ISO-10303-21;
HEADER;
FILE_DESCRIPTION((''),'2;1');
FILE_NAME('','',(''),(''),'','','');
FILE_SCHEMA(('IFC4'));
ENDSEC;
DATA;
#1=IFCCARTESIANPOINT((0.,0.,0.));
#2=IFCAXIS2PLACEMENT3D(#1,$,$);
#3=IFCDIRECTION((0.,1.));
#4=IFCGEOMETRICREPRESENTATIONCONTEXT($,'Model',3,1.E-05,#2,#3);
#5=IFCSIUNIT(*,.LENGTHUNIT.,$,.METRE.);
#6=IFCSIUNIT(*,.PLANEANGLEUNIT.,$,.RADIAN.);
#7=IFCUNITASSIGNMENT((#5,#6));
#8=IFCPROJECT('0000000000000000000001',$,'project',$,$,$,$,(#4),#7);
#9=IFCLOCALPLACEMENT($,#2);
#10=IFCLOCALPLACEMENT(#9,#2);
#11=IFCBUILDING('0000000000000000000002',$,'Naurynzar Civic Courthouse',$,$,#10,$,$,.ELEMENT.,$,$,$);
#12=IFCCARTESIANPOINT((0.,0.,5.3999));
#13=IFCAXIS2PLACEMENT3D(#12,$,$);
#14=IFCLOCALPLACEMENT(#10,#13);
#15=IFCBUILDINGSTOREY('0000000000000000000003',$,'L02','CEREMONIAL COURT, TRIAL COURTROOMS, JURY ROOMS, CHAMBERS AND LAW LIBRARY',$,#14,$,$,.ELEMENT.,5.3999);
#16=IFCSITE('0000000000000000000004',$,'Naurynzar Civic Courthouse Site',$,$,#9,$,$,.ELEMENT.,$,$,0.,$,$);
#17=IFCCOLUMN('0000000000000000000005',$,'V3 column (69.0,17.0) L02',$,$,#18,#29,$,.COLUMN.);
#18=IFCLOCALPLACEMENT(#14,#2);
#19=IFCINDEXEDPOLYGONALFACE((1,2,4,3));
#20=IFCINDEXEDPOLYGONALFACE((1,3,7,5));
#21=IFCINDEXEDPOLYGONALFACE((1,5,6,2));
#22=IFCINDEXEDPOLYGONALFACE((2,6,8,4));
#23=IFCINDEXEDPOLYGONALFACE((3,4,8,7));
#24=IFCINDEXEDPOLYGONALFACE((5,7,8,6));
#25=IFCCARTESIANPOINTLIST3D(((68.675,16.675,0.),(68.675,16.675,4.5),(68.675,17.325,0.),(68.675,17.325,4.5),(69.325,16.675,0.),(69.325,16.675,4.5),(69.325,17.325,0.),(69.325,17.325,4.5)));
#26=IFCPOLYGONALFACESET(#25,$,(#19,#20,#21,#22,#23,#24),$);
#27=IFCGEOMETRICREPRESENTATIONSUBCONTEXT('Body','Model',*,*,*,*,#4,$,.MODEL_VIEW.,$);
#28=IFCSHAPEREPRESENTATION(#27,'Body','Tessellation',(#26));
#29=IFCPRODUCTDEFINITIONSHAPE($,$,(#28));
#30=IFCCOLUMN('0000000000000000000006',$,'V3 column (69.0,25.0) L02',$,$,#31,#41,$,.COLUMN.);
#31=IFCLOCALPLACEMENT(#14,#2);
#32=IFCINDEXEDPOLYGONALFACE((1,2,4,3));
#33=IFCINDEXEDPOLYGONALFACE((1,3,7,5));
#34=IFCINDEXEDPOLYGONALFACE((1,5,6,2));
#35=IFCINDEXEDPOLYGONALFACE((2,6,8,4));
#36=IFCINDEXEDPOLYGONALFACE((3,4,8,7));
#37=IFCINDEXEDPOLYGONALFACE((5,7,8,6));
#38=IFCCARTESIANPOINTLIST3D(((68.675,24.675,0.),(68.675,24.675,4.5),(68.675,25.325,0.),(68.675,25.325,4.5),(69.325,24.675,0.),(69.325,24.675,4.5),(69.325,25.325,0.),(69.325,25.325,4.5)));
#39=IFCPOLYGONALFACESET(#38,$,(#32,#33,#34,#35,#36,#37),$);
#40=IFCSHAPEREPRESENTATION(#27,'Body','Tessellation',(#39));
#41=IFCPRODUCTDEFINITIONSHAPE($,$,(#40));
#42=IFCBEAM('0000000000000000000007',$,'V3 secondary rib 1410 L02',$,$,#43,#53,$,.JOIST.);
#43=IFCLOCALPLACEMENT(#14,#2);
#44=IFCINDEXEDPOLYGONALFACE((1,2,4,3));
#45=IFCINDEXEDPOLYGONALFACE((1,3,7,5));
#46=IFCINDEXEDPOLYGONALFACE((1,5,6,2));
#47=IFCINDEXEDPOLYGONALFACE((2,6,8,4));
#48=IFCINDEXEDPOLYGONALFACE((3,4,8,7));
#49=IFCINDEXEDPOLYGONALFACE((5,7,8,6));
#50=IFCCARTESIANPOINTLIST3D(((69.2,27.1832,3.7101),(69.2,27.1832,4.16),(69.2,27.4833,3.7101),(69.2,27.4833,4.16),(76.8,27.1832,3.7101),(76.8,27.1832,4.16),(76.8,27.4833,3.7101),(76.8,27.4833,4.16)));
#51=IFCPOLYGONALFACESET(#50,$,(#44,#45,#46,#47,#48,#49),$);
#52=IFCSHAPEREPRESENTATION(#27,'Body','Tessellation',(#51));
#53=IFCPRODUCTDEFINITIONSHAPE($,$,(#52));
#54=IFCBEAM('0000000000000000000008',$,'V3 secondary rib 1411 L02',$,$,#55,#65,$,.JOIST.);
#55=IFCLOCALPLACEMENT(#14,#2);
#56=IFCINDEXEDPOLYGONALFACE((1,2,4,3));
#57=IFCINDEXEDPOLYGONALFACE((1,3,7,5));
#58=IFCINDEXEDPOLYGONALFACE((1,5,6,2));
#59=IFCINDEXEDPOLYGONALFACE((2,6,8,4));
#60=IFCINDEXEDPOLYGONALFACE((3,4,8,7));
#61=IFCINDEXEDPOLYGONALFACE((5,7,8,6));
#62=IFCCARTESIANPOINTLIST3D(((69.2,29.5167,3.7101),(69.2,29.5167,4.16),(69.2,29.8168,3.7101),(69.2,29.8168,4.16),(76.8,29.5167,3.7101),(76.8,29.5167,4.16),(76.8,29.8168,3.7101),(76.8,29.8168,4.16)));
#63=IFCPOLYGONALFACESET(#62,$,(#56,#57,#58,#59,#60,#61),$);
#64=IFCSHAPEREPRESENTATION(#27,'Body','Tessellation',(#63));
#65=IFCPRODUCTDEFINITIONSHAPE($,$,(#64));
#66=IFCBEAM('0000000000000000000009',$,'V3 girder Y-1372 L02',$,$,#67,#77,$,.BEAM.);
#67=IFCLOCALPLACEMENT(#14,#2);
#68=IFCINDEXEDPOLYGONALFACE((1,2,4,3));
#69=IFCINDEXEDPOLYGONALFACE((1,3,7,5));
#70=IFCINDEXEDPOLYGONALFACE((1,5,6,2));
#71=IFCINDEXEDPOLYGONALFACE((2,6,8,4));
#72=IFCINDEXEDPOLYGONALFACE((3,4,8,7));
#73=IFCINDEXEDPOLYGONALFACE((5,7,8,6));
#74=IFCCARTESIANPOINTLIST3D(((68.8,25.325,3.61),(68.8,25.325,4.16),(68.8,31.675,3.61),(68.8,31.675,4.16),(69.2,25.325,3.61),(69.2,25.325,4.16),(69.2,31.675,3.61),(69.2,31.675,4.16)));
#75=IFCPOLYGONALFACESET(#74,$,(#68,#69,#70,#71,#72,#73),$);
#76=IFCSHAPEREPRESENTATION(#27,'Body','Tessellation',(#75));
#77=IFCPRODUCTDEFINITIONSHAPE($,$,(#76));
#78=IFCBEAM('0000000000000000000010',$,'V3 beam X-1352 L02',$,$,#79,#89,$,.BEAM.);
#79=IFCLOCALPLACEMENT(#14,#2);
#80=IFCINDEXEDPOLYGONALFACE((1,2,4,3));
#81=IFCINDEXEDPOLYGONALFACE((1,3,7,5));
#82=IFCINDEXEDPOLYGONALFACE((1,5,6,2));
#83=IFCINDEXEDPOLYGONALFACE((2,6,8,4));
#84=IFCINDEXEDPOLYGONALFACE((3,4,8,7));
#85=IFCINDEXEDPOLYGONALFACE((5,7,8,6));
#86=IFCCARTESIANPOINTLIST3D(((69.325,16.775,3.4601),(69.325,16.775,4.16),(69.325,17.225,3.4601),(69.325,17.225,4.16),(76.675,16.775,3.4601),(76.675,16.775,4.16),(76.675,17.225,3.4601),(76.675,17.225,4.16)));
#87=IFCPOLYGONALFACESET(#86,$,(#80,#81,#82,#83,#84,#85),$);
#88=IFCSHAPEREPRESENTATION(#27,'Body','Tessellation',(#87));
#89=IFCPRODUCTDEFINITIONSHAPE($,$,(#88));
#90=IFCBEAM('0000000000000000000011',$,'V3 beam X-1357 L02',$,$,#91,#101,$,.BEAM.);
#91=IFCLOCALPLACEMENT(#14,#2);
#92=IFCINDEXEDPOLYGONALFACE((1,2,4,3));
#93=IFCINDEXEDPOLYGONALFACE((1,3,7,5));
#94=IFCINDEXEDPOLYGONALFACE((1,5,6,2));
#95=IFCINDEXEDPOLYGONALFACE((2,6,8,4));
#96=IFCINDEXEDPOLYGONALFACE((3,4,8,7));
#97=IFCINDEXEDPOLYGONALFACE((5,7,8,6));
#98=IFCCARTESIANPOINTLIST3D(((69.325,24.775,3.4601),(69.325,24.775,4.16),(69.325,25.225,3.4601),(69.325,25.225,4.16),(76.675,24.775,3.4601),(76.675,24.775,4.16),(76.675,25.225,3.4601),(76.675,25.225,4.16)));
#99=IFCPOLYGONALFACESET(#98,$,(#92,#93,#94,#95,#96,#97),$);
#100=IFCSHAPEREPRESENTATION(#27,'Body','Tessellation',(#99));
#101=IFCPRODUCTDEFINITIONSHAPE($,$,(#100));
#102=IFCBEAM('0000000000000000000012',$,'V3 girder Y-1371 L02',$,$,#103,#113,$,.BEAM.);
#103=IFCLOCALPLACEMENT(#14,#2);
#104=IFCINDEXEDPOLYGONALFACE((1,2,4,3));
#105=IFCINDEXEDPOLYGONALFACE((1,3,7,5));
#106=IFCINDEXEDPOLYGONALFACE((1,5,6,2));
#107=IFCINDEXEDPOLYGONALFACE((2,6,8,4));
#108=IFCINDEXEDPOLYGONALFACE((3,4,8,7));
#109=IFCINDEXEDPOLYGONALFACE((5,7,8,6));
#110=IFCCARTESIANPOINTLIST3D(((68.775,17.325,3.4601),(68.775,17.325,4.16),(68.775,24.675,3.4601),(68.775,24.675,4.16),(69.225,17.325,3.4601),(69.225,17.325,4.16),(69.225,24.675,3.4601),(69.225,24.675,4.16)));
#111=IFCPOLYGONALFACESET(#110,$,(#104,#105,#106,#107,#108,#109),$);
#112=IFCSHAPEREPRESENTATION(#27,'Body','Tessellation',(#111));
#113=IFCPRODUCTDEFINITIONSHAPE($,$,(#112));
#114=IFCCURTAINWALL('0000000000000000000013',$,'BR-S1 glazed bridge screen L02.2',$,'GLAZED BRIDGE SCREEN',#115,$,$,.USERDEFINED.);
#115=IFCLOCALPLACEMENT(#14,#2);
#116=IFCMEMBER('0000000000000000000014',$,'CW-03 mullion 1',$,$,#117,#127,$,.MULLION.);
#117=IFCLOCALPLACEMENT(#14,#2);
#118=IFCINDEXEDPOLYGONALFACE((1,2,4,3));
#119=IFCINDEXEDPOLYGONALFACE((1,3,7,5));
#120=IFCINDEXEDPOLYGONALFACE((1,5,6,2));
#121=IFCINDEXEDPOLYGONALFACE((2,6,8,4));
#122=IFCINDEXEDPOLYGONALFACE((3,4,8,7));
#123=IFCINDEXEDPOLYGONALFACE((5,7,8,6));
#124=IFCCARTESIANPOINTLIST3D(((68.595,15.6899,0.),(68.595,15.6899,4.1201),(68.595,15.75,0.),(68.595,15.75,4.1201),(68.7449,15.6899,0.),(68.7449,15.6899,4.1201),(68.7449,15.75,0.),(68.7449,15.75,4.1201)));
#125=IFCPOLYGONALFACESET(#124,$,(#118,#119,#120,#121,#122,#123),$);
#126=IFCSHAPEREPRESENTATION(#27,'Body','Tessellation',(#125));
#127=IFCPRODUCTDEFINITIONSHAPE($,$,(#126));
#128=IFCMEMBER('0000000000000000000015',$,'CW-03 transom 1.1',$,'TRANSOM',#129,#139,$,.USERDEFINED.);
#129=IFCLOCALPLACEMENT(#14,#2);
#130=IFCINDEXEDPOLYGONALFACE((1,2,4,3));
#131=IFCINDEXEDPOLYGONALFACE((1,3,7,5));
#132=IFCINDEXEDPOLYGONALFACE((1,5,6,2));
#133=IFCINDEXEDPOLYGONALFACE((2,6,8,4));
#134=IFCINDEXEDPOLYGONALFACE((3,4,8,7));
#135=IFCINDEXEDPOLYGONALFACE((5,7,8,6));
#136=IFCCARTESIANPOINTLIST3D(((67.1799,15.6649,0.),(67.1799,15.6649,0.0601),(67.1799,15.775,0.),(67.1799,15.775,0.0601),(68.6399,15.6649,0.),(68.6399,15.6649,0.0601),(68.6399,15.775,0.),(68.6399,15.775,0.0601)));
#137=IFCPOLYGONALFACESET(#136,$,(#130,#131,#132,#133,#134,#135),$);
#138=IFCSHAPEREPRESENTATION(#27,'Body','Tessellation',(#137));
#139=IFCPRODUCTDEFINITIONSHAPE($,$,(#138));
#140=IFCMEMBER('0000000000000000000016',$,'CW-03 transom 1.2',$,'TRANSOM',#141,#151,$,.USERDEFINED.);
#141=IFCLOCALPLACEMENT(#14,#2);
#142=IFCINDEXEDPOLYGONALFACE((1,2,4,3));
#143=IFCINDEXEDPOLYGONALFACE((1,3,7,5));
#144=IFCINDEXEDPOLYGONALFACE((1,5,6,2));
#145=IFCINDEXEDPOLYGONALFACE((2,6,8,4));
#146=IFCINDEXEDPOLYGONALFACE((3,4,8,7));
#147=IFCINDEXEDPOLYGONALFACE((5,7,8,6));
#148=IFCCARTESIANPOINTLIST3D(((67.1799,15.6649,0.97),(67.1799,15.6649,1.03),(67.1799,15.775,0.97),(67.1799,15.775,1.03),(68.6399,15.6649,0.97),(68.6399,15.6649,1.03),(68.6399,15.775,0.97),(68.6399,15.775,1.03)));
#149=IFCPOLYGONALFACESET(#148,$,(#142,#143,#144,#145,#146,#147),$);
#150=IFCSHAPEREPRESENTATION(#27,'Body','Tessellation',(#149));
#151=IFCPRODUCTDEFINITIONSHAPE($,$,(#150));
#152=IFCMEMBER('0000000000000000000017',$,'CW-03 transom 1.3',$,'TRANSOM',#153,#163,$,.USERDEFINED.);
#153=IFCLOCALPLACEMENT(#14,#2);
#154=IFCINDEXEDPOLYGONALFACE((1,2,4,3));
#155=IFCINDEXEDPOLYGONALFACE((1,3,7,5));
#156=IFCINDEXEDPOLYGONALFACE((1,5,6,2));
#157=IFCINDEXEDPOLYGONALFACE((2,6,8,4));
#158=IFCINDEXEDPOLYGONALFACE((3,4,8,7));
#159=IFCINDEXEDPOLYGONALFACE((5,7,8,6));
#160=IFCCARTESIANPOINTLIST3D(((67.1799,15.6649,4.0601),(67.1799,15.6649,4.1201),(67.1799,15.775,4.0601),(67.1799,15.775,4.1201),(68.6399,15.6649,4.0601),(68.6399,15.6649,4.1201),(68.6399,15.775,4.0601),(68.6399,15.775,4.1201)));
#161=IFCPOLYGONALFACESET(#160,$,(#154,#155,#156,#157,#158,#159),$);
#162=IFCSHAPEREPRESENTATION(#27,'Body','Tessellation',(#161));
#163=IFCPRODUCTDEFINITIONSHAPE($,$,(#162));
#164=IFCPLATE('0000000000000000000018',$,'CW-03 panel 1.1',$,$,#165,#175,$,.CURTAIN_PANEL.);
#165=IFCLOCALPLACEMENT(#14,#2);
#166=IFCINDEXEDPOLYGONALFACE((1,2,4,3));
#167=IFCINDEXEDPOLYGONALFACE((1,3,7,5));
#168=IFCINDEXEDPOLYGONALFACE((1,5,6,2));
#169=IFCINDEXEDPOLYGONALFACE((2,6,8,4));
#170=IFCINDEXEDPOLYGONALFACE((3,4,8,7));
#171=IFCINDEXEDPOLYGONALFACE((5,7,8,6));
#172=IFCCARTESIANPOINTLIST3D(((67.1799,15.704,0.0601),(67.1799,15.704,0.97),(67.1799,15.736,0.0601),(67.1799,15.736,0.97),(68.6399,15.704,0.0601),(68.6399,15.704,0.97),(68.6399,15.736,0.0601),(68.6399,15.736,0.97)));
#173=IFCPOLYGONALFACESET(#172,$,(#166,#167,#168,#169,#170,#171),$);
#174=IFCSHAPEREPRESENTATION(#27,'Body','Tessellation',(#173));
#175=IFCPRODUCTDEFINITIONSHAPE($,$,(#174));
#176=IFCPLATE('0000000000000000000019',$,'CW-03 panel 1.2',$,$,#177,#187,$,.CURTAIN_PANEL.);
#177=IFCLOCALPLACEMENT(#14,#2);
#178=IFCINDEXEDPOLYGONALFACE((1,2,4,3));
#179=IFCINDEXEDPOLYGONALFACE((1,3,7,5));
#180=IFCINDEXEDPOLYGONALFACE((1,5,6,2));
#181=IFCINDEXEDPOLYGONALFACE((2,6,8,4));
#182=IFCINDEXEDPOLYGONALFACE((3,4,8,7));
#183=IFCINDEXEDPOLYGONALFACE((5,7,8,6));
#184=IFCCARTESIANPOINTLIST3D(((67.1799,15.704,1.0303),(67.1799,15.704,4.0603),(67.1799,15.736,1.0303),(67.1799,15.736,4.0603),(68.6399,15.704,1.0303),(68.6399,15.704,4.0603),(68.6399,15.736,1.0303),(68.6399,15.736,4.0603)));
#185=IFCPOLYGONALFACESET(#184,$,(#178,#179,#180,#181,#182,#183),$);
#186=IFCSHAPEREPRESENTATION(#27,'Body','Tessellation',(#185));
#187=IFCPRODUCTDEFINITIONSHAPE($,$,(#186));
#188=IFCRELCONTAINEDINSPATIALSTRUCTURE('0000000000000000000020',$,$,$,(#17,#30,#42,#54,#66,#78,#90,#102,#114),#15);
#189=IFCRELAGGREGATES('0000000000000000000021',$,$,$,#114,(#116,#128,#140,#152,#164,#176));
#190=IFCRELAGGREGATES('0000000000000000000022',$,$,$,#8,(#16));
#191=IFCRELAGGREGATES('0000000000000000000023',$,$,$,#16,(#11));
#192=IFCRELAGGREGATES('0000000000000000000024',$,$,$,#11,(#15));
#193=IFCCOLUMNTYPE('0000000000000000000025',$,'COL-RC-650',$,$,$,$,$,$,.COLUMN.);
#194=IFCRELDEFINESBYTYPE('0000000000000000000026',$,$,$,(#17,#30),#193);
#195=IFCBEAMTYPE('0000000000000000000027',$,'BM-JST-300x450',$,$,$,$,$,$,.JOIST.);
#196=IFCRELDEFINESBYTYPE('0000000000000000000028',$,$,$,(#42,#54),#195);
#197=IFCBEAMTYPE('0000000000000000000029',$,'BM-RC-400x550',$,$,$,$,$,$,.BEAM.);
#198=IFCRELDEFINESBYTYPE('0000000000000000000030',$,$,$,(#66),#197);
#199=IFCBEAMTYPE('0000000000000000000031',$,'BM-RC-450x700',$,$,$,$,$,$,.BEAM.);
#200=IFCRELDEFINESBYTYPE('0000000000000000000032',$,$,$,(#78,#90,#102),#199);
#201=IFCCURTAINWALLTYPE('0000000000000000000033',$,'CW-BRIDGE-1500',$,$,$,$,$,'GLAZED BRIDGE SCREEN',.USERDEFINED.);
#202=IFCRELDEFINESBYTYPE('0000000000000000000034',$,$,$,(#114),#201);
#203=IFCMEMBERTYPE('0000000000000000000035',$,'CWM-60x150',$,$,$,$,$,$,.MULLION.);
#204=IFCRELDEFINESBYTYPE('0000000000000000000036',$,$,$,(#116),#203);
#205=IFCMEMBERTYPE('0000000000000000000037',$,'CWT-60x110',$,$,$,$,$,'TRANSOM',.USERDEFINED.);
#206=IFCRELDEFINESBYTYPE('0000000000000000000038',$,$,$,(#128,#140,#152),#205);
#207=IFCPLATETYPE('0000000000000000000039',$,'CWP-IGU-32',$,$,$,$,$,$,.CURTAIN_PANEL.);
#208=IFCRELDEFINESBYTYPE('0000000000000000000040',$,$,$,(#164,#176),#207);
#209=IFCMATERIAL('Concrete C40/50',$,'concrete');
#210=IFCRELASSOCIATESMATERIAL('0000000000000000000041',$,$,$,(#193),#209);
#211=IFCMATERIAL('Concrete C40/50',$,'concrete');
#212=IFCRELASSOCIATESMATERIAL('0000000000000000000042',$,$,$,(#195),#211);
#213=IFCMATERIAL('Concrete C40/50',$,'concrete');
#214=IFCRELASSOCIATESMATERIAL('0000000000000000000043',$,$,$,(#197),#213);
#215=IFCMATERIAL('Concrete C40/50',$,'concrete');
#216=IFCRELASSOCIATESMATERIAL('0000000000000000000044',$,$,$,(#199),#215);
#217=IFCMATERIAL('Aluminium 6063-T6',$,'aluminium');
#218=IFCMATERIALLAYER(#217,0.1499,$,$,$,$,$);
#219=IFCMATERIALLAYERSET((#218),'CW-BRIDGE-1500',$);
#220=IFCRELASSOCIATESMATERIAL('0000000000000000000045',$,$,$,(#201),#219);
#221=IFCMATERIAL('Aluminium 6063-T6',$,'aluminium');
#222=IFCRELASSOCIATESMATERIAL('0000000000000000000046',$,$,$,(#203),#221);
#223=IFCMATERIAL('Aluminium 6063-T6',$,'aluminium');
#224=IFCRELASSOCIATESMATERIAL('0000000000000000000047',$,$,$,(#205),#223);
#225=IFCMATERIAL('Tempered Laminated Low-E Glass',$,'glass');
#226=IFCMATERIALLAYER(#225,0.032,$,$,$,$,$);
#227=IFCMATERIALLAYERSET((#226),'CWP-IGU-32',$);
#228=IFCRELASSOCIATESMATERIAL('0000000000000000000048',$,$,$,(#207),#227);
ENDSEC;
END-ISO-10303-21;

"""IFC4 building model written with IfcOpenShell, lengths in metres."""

from ifc_helpers import new_model, si_unit, direction, frame, origin, origin_2d, place, context, subcontext, project, spatial, rectangle, extrude, material, layer, layer_set, material_profile, profile_set, type_object, element, aggregate, save


model = new_model("IFC4")

# Units and contexts
model_context = context("Model", 3, precision=1e-05, world=origin(), true_north=direction((0.0, 1.0)))
body_context = subcontext(model_context, "Body", "Model", "MODEL_VIEW")
ifc_project = project(units=[si_unit("LENGTHUNIT", "METRE"), si_unit("PLANEANGLEUNIT", "RADIAN")], contexts=[model_context])

# Site, building, storey
site_placement = place(None, origin())
site = spatial("IfcSite", under=ifc_project, at=site_placement, Name="Naurynzar Civic Courthouse Site", CompositionType="ELEMENT", RefElevation=0.0)
building_placement = place(site_placement, origin())
building = spatial("IfcBuilding", under=site, at=building_placement, Name="Naurynzar Civic Courthouse", CompositionType="ELEMENT")
storey_placement = place(building_placement, frame((0.0, 0.0, 5.3999)))
storey = spatial("IfcBuildingStorey", under=building, at=storey_placement, Name="L02", Description="CEREMONIAL COURT, TRIAL COURTROOMS, JURY ROOMS, CHAMBERS AND LAW LIBRARY", CompositionType="ELEMENT", Elevation=5.3999)

# Columns
ifc_material_1 = material(Name="Concrete C40/50", Category="concrete")
ifc_material_profile_1 = material_profile(ifc_material_1, rectangle(XDim=0.6499, YDim=0.6499, at=origin_2d()), Name="RC 650x650")
ifc_profile_set_1 = profile_set([ifc_material_profile_1], Name="Concrete C40/50")
column_type = type_object("IfcColumnType", Name="COL-RC-650", PredefinedType="COLUMN", material=ifc_profile_set_1)
for number, where, z_axis, x_axis, name in (
    (1, (69.0, 17.0, 0.0), (0.0, 0.0, 1.0), (1.0, 0.0, 0.0), "V3 column (69.0,17.0) L02"),
    (2, (69.0, 25.0, 0.0), (0.0, 0.0, 1.0), (1.0, 0.0, 0.0), "V3 column (69.0,25.0) L02"),
):
    element("IfcColumn", number, at=place(storey_placement, frame(where, z_axis=z_axis, x_axis=x_axis)), inside=storey, type_object=column_type, Name=name, PredefinedType="COLUMN", context=body_context, shape_type="SweptSolid", body=[
        extrude(rectangle(XDim=0.6499, YDim=0.6499, at=origin_2d()), origin(), (0.0, 0.0, 1.0), 4.5),
    ])

# Beams
ifc_material_2 = material(Name="Concrete C40/50", Category="concrete")
ifc_material_profile_2 = material_profile(ifc_material_2, rectangle(XDim=0.3, YDim=0.45, at=origin_2d()), Name="RCJ 300x450")
ifc_profile_set_2 = profile_set([ifc_material_profile_2], Name="Concrete C40/50")
beam_type_1 = type_object("IfcBeamType", Name="BM-JST-300x450", PredefinedType="JOIST", material=ifc_profile_set_2)
for number, where, z_axis, x_axis, name in (
    (3, (69.2, 27.3333, 3.9351), (1.0, 0.0, 0.0), (0.0, 1.0, 0.0), "V3 secondary rib 1410 L02"),
    (4, (69.2, 29.6667, 3.9351), (1.0, 0.0, 0.0), (0.0, 1.0, 0.0), "V3 secondary rib 1411 L02"),
):
    element("IfcBeam", number, at=place(storey_placement, frame(where, z_axis=z_axis, x_axis=x_axis)), inside=storey, type_object=beam_type_1, Name=name, PredefinedType="JOIST", context=body_context, shape_type="SweptSolid", body=[
        extrude(rectangle(XDim=0.3, YDim=0.45, at=origin_2d()), origin(), (0.0, 0.0, 1.0), 7.6001),
    ])
ifc_material_3 = material(Name="Concrete C40/50", Category="concrete")
ifc_material_profile_3 = material_profile(ifc_material_3, rectangle(XDim=0.3999, YDim=0.55, at=origin_2d()), Name="RCB 400x550")
ifc_profile_set_3 = profile_set([ifc_material_profile_3], Name="Concrete C40/50")
beam_type_2 = type_object("IfcBeamType", Name="BM-RC-400x550", PredefinedType="BEAM", material=ifc_profile_set_3)
beam_placement = place(storey_placement, frame((69.0, 25.325, 3.885), z_axis=(0.0, 1.0, 0.0), x_axis=(-1.0, 0.0, 0.0)))
element("IfcBeam", 5, at=beam_placement, inside=storey, type_object=beam_type_2, Name="V3 girder Y-1372 L02", PredefinedType="BEAM", context=body_context, shape_type="SweptSolid", body=[
    extrude(rectangle(XDim=0.3999, YDim=0.55, at=origin_2d()), origin(), (0.0, 0.0, 1.0), 6.3501),
])
ifc_material_4 = material(Name="Concrete C40/50", Category="concrete")
ifc_material_profile_4 = material_profile(ifc_material_4, rectangle(XDim=0.45, YDim=0.7, at=origin_2d()), Name="RCB 450x700")
ifc_profile_set_4 = profile_set([ifc_material_profile_4], Name="Concrete C40/50")
beam_type_3 = type_object("IfcBeamType", Name="BM-RC-450x700", PredefinedType="BEAM", material=ifc_profile_set_4)
for number, where, z_axis, x_axis, name in (
    (6, (69.325, 17.0, 3.8101), (1.0, 0.0, 0.0), (0.0, 1.0, 0.0), "V3 beam X-1352 L02"),
    (7, (69.325, 25.0, 3.8101), (1.0, 0.0, 0.0), (0.0, 1.0, 0.0), "V3 beam X-1357 L02"),
    (8, (69.0, 17.325, 3.8101), (0.0, 1.0, 0.0), (-1.0, 0.0, 0.0), "V3 girder Y-1371 L02"),
):
    element("IfcBeam", number, at=place(storey_placement, frame(where, z_axis=z_axis, x_axis=x_axis)), inside=storey, type_object=beam_type_3, Name=name, PredefinedType="BEAM", context=body_context, shape_type="SweptSolid", body=[
        extrude(rectangle(XDim=0.45, YDim=0.7, at=origin_2d()), origin(), (0.0, 0.0, 1.0), 7.3501),
    ])

# Curtain wall, members, plates
ifc_material_5 = material(Name="Aluminium 6063-T6", Category="aluminium")
ifc_layer_1 = layer(ifc_material_5, 0.1499)
ifc_layer_set_1 = layer_set([ifc_layer_1], Name="CW-BRIDGE-1500")
curtain_wall_type = type_object("IfcCurtainWallType", Name="CW-BRIDGE-1500", ElementType="GLAZED BRIDGE SCREEN", PredefinedType="USERDEFINED", material=ifc_layer_set_1)
curtain_wall_placement = place(storey_placement, origin())
curtain_wall = element("IfcCurtainWall", 9, at=curtain_wall_placement, inside=storey, type_object=curtain_wall_type, Name="BR-S1 glazed bridge screen L02.2", ObjectType="GLAZED BRIDGE SCREEN", PredefinedType="USERDEFINED")
ifc_material_6 = material(Name="Aluminium 6063-T6", Category="aluminium")
ifc_material_profile_5 = material_profile(ifc_material_6, rectangle(XDim=0.0601, YDim=0.1499, at=origin_2d()), Name="ALU MULLION 60x150")
ifc_profile_set_5 = profile_set([ifc_material_profile_5], Name="Aluminium 6063-T6")
member_type_1 = type_object("IfcMemberType", Name="CWM-60x150", PredefinedType="MULLION", material=ifc_profile_set_5)
member_1_placement = place(storey_placement, frame((68.6699, 15.72, 0.0), z_axis=(0.0, 0.0, 1.0), x_axis=(0.0, -1.0, 0.0)))
member_1 = element("IfcMember", 10, at=member_1_placement, type_object=member_type_1, Name="CW-03 mullion 1", PredefinedType="MULLION", context=body_context, shape_type="SweptSolid", body=[
    extrude(rectangle(XDim=0.0601, YDim=0.1499, at=origin_2d()), origin(), (0.0, 0.0, 1.0), 4.1201),
])
ifc_material_7 = material(Name="Aluminium 6063-T6", Category="aluminium")
ifc_material_profile_6 = material_profile(ifc_material_7, rectangle(XDim=0.1101, YDim=0.0601, at=origin_2d()), Name="ALU TRANSOM 60x110")
ifc_profile_set_6 = profile_set([ifc_material_profile_6], Name="Aluminium 6063-T6")
member_type_2 = type_object("IfcMemberType", Name="CWT-60x110", ElementType="TRANSOM", PredefinedType="USERDEFINED", material=ifc_profile_set_6)
member_2_placement = place(storey_placement, frame((68.6399, 15.72, 0.03), z_axis=(-1.0, 0.0, 0.0), x_axis=(0.0, -1.0, 0.0)))
member_2 = element("IfcMember", 11, at=member_2_placement, type_object=member_type_2, Name="CW-03 transom 1.1", ObjectType="TRANSOM", PredefinedType="USERDEFINED", context=body_context, shape_type="SweptSolid", body=[
    extrude(rectangle(XDim=0.1101, YDim=0.0601, at=origin_2d()), origin(), (0.0, 0.0, 1.0), 1.46),
])
member_3_placement = place(storey_placement, frame((68.6399, 15.72, 1.0), z_axis=(-1.0, 0.0, 0.0), x_axis=(0.0, -1.0, 0.0)))
member_3 = element("IfcMember", 12, at=member_3_placement, type_object=member_type_2, Name="CW-03 transom 1.2", ObjectType="TRANSOM", PredefinedType="USERDEFINED", context=body_context, shape_type="SweptSolid", body=[
    extrude(rectangle(XDim=0.1101, YDim=0.0601, at=origin_2d()), origin(), (0.0, 0.0, 1.0), 1.46),
])
member_4_placement = place(storey_placement, frame((68.6399, 15.72, 4.0901), z_axis=(-1.0, 0.0, 0.0), x_axis=(0.0, -1.0, 0.0)))
member_4 = element("IfcMember", 13, at=member_4_placement, type_object=member_type_2, Name="CW-03 transom 1.3", ObjectType="TRANSOM", PredefinedType="USERDEFINED", context=body_context, shape_type="SweptSolid", body=[
    extrude(rectangle(XDim=0.1101, YDim=0.0601, at=origin_2d()), origin(), (0.0, 0.0, 1.0), 1.46),
])
ifc_material_8 = material(Name="Tempered Laminated Low-E Glass", Category="glass")
ifc_layer_2 = layer(ifc_material_8, 0.032)
ifc_layer_set_2 = layer_set([ifc_layer_2], Name="CWP-IGU-32")
plate_type = type_object("IfcPlateType", Name="CWP-IGU-32", PredefinedType="CURTAIN_PANEL", material=ifc_layer_set_2)
plate_1_placement = place(storey_placement, frame((67.9099, 15.72, 0.0601), z_axis=(0.0, 0.0, 1.0), x_axis=(-1.0, 0.0, 0.0)))
plate_1 = element("IfcPlate", 14, at=plate_1_placement, type_object=plate_type, Name="CW-03 panel 1.1", PredefinedType="CURTAIN_PANEL", context=body_context, shape_type="SweptSolid", body=[
    extrude(rectangle(XDim=1.46, YDim=0.032, at=origin_2d()), origin(), (0.0, 0.0, 1.0), 0.9099),
])
plate_2_placement = place(storey_placement, frame((67.9099, 15.72, 1.0303), z_axis=(0.0, 0.0, 1.0), x_axis=(-1.0, 0.0, 0.0)))
plate_2 = element("IfcPlate", 15, at=plate_2_placement, type_object=plate_type, Name="CW-03 panel 1.2", PredefinedType="CURTAIN_PANEL", context=body_context, shape_type="SweptSolid", body=[
    extrude(rectangle(XDim=1.46, YDim=0.032, at=origin_2d()), origin(), (0.0, 0.0, 1.0), 3.03),
])
aggregate(curtain_wall, [member_1, member_2, member_3, member_4, plate_1, plate_2])

save(model, "model.ifc")
